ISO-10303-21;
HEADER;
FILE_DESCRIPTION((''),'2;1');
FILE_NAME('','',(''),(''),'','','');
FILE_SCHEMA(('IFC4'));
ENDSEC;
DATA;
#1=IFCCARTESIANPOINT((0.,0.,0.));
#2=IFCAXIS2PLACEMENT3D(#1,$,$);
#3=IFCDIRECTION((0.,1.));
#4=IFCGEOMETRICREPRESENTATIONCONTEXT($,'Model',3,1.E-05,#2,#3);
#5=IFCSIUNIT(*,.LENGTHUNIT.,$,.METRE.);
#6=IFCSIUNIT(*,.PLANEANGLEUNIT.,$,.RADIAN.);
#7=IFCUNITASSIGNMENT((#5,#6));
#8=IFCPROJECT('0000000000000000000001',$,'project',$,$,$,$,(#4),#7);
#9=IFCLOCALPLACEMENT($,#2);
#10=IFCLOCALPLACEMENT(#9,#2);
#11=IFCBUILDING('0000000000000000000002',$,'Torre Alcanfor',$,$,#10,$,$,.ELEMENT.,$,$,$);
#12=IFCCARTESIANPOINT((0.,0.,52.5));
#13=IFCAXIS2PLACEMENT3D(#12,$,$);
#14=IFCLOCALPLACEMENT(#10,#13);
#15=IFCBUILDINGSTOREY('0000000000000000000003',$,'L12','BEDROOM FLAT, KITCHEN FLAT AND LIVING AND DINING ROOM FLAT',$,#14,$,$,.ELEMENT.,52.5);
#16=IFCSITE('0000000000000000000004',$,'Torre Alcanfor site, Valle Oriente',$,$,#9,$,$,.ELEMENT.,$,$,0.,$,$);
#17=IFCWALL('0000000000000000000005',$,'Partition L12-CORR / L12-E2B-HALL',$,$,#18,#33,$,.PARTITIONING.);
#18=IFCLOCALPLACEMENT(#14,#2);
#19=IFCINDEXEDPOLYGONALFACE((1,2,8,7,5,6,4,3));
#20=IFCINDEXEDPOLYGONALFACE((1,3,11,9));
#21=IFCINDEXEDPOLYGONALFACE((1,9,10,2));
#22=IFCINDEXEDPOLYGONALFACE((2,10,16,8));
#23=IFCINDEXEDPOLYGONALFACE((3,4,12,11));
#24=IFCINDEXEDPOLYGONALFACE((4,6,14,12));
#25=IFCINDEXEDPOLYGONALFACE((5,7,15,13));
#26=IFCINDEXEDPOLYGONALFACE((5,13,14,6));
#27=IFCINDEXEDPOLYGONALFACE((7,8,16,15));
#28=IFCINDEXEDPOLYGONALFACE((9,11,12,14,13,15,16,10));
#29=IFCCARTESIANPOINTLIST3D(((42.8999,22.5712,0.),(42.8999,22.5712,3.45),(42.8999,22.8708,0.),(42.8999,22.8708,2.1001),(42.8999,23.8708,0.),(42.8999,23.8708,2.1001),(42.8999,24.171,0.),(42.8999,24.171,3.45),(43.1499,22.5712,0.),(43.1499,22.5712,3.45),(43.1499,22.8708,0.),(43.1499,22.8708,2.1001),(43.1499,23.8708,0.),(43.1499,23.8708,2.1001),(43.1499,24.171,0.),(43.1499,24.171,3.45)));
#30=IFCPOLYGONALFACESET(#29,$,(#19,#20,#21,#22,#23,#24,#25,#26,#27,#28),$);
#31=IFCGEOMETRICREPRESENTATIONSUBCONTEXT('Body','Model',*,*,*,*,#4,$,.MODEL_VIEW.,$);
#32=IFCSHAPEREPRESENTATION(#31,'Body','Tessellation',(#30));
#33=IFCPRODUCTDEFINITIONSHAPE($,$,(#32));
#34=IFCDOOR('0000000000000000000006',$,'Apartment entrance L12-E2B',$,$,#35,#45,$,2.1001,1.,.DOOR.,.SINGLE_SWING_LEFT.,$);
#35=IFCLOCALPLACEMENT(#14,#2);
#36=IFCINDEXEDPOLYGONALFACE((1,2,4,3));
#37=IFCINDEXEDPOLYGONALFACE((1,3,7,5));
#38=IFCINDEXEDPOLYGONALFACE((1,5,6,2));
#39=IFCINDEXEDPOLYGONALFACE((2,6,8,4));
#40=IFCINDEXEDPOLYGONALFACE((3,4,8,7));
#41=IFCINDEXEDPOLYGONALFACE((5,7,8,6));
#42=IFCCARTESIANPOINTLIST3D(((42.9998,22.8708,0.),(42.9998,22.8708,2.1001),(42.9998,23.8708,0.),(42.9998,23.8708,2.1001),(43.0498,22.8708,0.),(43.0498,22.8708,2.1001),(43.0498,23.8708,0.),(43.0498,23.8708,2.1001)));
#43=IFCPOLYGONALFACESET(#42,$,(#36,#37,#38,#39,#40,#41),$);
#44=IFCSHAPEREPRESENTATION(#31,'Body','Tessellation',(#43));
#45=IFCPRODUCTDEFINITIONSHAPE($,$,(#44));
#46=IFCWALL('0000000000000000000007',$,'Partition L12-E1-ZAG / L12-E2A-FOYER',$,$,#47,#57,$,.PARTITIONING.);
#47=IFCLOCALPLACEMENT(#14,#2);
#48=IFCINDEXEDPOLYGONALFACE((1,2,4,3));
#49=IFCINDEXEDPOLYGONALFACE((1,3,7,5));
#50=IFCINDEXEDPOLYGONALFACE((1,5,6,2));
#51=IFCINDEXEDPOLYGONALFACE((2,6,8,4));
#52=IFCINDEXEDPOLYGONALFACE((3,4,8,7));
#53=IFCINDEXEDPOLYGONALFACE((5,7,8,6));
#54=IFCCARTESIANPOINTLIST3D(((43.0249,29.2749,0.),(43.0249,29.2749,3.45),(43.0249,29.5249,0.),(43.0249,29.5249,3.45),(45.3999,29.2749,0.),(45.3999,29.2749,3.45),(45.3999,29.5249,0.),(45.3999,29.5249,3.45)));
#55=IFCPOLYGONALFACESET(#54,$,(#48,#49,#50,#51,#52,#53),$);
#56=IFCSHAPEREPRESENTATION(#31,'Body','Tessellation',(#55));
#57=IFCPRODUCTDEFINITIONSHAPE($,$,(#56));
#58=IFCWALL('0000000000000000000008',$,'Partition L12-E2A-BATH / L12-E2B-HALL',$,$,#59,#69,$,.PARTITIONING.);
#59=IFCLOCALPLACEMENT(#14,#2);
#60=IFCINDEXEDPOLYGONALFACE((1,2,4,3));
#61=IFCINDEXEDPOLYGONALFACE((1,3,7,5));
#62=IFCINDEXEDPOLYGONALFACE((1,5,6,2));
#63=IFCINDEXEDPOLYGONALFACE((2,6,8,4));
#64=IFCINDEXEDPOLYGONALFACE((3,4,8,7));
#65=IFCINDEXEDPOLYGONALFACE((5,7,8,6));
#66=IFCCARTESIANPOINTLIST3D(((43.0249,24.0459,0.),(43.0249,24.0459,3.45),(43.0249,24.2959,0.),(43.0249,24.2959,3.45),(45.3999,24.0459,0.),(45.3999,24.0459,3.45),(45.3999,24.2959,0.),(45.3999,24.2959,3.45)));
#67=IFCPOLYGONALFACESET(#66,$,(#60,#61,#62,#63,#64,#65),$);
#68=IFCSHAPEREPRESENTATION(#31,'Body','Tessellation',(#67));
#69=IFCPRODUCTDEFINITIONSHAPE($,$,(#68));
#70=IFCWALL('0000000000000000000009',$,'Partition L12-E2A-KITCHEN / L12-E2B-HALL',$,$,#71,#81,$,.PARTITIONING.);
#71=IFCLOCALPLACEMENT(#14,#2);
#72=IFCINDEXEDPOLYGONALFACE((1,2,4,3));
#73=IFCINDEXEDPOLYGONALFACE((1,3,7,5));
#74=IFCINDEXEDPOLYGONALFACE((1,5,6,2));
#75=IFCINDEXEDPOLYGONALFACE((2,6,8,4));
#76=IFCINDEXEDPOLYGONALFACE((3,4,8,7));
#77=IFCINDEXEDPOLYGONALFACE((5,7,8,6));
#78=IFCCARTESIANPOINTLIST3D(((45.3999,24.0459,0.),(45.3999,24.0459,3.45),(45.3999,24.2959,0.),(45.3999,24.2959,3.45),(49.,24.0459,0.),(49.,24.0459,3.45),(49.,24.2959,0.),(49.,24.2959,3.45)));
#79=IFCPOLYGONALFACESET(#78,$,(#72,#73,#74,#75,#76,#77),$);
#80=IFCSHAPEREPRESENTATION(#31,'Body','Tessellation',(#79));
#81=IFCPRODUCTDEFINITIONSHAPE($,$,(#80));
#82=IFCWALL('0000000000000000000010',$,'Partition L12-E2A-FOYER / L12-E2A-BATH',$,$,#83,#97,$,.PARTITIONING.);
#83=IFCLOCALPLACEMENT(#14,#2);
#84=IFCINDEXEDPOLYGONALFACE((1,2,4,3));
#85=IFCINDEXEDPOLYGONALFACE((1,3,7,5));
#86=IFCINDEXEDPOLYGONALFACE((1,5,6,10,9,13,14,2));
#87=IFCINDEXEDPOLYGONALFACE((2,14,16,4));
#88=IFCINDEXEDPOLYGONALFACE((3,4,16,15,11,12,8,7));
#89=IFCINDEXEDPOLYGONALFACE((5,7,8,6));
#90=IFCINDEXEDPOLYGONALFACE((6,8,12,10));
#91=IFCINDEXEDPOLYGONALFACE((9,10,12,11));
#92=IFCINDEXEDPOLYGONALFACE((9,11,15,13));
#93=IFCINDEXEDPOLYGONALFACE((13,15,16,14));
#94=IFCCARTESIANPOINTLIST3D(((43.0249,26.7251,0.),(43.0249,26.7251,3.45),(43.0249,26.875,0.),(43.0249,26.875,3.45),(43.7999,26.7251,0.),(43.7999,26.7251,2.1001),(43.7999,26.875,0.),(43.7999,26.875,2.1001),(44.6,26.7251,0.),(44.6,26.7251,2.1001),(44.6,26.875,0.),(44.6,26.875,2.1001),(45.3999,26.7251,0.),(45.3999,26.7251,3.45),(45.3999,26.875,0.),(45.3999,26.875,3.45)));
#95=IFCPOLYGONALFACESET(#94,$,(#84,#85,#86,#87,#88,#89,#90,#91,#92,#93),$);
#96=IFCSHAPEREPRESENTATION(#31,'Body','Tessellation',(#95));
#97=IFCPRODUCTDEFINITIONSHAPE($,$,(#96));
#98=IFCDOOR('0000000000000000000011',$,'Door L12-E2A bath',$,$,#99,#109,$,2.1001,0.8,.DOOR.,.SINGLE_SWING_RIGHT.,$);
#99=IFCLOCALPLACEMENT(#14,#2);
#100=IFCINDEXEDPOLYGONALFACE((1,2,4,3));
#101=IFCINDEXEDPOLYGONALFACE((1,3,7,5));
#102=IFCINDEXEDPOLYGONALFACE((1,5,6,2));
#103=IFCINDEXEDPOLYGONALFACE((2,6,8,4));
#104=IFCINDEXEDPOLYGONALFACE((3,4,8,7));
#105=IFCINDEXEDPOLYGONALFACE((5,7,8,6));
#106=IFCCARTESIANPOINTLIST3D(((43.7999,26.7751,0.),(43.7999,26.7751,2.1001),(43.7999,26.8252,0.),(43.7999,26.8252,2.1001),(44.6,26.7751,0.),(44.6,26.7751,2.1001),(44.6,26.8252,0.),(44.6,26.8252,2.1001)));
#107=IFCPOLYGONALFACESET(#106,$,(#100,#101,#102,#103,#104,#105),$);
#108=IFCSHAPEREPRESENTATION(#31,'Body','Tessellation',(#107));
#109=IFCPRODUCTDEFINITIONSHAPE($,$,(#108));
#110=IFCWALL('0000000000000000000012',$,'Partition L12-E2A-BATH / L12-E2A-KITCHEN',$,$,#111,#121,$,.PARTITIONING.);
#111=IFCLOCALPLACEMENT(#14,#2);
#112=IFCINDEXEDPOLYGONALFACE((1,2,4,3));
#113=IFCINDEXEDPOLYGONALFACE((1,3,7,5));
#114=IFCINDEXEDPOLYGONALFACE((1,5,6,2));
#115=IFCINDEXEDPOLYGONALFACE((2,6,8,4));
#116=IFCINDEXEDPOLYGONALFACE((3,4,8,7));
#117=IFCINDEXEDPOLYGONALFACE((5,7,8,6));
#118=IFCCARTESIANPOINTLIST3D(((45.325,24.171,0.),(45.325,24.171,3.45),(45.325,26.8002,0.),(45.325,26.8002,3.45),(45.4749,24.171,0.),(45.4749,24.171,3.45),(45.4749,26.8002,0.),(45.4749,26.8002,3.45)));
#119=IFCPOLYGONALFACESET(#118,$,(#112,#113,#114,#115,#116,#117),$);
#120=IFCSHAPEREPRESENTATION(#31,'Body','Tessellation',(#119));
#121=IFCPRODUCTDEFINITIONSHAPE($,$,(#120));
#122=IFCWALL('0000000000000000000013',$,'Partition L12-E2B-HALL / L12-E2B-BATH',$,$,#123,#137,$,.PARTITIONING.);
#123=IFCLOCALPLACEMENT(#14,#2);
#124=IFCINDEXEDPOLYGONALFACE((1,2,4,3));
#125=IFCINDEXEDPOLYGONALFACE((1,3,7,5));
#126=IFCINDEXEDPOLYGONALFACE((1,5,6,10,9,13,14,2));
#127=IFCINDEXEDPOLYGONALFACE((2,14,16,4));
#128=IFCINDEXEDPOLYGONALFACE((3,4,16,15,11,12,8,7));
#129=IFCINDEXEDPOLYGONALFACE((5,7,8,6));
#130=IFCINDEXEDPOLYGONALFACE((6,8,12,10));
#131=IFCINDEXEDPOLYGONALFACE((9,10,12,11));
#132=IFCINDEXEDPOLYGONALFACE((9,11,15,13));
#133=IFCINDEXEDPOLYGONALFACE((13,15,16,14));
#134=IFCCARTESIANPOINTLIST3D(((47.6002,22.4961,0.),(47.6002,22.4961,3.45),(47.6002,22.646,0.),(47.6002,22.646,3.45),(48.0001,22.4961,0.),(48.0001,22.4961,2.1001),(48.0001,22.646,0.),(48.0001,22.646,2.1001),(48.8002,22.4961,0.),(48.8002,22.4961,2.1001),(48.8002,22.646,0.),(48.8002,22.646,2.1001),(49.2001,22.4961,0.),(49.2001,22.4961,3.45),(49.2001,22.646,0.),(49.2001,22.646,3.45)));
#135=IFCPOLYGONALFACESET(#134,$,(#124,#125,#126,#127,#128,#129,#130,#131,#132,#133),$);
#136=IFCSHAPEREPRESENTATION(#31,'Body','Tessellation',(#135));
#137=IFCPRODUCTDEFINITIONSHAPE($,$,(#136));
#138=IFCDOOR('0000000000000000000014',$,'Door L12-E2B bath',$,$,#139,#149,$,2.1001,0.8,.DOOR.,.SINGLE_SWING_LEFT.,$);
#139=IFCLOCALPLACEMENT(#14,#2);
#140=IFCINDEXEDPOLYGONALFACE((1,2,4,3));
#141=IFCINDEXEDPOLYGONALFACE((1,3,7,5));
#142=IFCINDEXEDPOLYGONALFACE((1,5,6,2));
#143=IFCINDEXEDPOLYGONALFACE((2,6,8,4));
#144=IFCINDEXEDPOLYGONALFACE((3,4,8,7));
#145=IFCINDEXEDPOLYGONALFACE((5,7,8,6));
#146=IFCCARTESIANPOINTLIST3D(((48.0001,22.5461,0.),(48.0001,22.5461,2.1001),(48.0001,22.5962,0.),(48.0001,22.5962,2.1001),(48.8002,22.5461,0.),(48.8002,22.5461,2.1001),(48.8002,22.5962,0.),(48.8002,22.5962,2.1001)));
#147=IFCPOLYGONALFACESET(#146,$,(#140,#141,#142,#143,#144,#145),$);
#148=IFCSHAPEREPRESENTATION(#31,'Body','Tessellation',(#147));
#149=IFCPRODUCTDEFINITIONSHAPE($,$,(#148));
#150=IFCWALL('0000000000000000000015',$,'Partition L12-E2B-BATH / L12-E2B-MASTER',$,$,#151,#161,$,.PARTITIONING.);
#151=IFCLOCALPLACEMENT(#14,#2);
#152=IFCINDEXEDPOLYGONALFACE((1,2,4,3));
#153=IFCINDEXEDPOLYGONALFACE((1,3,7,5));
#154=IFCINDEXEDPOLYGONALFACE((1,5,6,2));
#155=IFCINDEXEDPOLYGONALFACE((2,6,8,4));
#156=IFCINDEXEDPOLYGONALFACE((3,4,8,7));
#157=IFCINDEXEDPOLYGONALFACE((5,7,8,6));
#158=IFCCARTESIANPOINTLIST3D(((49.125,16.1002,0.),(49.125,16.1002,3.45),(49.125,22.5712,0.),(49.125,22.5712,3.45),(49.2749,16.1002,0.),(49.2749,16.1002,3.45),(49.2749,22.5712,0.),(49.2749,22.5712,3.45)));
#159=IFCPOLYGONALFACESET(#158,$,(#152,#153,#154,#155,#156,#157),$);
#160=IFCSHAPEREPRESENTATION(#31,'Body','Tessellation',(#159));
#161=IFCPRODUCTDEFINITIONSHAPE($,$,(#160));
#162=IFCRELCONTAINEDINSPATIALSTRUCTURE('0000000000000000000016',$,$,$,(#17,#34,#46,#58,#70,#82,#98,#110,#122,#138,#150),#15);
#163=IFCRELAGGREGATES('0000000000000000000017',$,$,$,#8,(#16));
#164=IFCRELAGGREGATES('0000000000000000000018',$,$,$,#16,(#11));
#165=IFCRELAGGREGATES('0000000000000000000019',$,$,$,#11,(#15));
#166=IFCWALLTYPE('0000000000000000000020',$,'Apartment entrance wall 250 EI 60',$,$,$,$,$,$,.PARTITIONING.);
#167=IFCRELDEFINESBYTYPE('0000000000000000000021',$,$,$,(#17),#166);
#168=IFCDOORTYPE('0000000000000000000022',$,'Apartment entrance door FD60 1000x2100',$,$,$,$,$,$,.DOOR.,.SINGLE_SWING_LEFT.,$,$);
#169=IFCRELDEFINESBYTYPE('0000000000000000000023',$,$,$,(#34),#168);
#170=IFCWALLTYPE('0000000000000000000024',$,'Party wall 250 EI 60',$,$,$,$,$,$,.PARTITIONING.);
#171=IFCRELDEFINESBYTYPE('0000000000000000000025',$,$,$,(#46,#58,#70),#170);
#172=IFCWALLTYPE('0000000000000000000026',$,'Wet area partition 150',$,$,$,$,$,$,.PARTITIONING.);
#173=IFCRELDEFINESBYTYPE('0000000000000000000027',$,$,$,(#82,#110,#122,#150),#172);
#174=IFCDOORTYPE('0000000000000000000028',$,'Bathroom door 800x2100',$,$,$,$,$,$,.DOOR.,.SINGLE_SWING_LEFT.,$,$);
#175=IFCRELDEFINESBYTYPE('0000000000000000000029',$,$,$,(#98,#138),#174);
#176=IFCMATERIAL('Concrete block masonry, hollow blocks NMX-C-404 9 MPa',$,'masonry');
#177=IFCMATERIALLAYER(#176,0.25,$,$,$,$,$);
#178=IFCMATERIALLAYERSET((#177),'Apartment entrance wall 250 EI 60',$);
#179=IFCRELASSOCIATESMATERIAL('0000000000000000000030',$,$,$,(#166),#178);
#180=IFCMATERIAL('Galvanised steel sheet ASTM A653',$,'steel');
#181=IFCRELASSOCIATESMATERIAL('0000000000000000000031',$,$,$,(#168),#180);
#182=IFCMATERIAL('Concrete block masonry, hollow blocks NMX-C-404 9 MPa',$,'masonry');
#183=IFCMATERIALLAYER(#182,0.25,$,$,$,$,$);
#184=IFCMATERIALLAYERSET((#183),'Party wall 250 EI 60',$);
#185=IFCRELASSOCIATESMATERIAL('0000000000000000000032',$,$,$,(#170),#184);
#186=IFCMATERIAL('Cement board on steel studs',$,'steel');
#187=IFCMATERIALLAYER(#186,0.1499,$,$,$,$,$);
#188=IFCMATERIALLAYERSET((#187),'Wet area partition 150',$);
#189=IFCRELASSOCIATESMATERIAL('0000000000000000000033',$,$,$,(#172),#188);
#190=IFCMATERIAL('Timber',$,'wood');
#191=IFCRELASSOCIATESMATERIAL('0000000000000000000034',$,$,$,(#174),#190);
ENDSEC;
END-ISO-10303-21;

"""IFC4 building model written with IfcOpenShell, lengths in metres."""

from ifc_helpers import new_model, si_unit, direction, frame, frame_2d, origin, place, context, subcontext, project, spatial, rectangle, extrude, material, layer, layer_set, type_object, element, fill, save


model = new_model("IFC4")

# Units and contexts
model_context = context("Model", 3, precision=1e-05, world=origin(), true_north=direction((0.0, 1.0)))
body_context = subcontext(model_context, "Body", "Model", "MODEL_VIEW")
ifc_project = project(units=[si_unit("LENGTHUNIT", "METRE"), si_unit("PLANEANGLEUNIT", "RADIAN")], contexts=[model_context])

# Site, building, storey
site_placement = place(None, origin())
site = spatial("IfcSite", under=ifc_project, at=site_placement, Name="Torre Alcanfor site, Valle Oriente", CompositionType="ELEMENT", RefElevation=0.0)
building_placement = place(site_placement, origin())
building = spatial("IfcBuilding", under=site, at=building_placement, Name="Torre Alcanfor", CompositionType="ELEMENT")
storey_placement = place(building_placement, frame((0.0, 0.0, 52.5)))
storey = spatial("IfcBuildingStorey", under=building, at=storey_placement, Name="L12", Description="BEDROOM FLAT, KITCHEN FLAT AND LIVING AND DINING ROOM FLAT", CompositionType="ELEMENT", Elevation=52.5)

# Shared definitions
ifc_material_1 = material(Name="Concrete block masonry, hollow blocks NMX-C-404 9 MPa", Category="masonry")
ifc_layer_1 = layer(ifc_material_1, 0.25)
ifc_layer_set_1 = layer_set([ifc_layer_1], Name="Apartment entrance wall 250 EI 60")
wall_type_1 = type_object("IfcWallType", Name="Apartment entrance wall 250 EI 60", PredefinedType="PARTITIONING", material=ifc_layer_set_1)
ifc_material_2 = material(Name="Galvanised steel sheet ASTM A653", Category="steel")
door_type_1 = type_object("IfcDoorType", Name="Apartment entrance door FD60 1000x2100", OperationType="SINGLE_SWING_LEFT", PredefinedType="DOOR", material=ifc_material_2)

# Wall, opening, door
wall_1_placement = place(storey_placement, frame((43.0249, 24.1709, 0.0), z_axis=(0.0, 0.0, 1.0), x_axis=(0.0, -1.0, 0.0)))
wall_1 = element("IfcWall", 1, at=wall_1_placement, inside=storey, type_object=wall_type_1, Name="Partition L12-CORR / L12-E2B-HALL", PredefinedType="PARTITIONING", context=body_context, shape_type="SweptSolid", body=[
    extrude(rectangle(XDim=1.5999, YDim=0.25, at=frame_2d((0.7998, 0.0))), origin(), (0.0, 0.0, 1.0), 3.45),
])
opening_1_placement = place(wall_1_placement, frame((0.3, 0.0, 0.0)))
opening_1 = element("IfcOpeningElement", 2, at=opening_1_placement, cuts=wall_1, PredefinedType="OPENING", context=body_context, shape_type="SweptSolid", body=[
    extrude(rectangle(XDim=1.0, YDim=2.1001, at=frame_2d((0.5, 1.05))), frame((0.0, 0.135, 0.0), z_axis=(0.0, -1.0, 0.0), x_axis=(1.0, 0.0, 0.0)), (0.0, 0.0, 1.0), 0.27),
])
door_1_placement = place(opening_1_placement, origin())
door_1 = element("IfcDoor", 3, at=door_1_placement, inside=storey, type_object=door_type_1, Name="Apartment entrance L12-E2B", OperationType="SINGLE_SWING_LEFT", OverallHeight=2.1001, OverallWidth=1.0, PredefinedType="DOOR", context=body_context, shape_type="SweptSolid", body=[
    extrude(rectangle(XDim=1.0, YDim=2.1001, at=frame_2d((0.5, 1.05))), frame((0.0, 0.0249, 0.0), z_axis=(0.0, -1.0, 0.0), x_axis=(1.0, 0.0, 0.0)), (0.0, 0.0, 1.0), 0.05),
])
fill(opening_1, door_1)

# Walls
ifc_material_3 = material(Name="Concrete block masonry, hollow blocks NMX-C-404 9 MPa", Category="masonry")
ifc_layer_2 = layer(ifc_material_3, 0.25)
ifc_layer_set_2 = layer_set([ifc_layer_2], Name="Party wall 250 EI 60")
wall_type_2 = type_object("IfcWallType", Name="Party wall 250 EI 60", PredefinedType="PARTITIONING", material=ifc_layer_set_2)
for number, where, z_axis, x_axis, name in (
    (4, (43.0249, 29.3999, 0.0), (0.0, 0.0, 1.0), (1.0, 0.0, 0.0), "Partition L12-E1-ZAG / L12-E2A-FOYER"),
    (5, (45.3999, 24.1709, 0.0), (0.0, 0.0, 1.0), (-1.0, 0.0, 0.0), "Partition L12-E2A-BATH / L12-E2B-HALL"),
):
    element("IfcWall", number, at=place(storey_placement, frame(where, z_axis=z_axis, x_axis=x_axis)), inside=storey, type_object=wall_type_2, Name=name, PredefinedType="PARTITIONING", context=body_context, shape_type="SweptSolid", body=[
        extrude(rectangle(XDim=2.375, YDim=0.25, at=frame_2d((1.1875, 0.0))), origin(), (0.0, 0.0, 1.0), 3.45),
    ])
wall_2_placement = place(storey_placement, frame((49.0, 24.1709, 0.0), z_axis=(0.0, 0.0, 1.0), x_axis=(-1.0, 0.0, 0.0)))
element("IfcWall", 6, at=wall_2_placement, inside=storey, type_object=wall_type_2, Name="Partition L12-E2A-KITCHEN / L12-E2B-HALL", PredefinedType="PARTITIONING", context=body_context, shape_type="SweptSolid", body=[
    extrude(rectangle(XDim=3.6001, YDim=0.25, at=frame_2d((1.8, 0.0))), origin(), (0.0, 0.0, 1.0), 3.45),
])

# Wall, opening, door
ifc_material_4 = material(Name="Cement board on steel studs", Category="steel")
ifc_layer_3 = layer(ifc_material_4, 0.1499)
ifc_layer_set_3 = layer_set([ifc_layer_3], Name="Wet area partition 150")
wall_type_3 = type_object("IfcWallType", Name="Wet area partition 150", PredefinedType="PARTITIONING", material=ifc_layer_set_3)
wall_3_placement = place(storey_placement, frame((45.3999, 26.8, 0.0), z_axis=(0.0, 0.0, 1.0), x_axis=(-1.0, 0.0, 0.0)))
wall_3 = element("IfcWall", 7, at=wall_3_placement, inside=storey, type_object=wall_type_3, Name="Partition L12-E2A-FOYER / L12-E2A-BATH", PredefinedType="PARTITIONING", context=body_context, shape_type="SweptSolid", body=[
    extrude(rectangle(XDim=2.375, YDim=0.1499, at=frame_2d((1.1875, 0.0))), origin(), (0.0, 0.0, 1.0), 3.45),
])
opening_2_placement = place(wall_3_placement, frame((0.8, 0.0, 0.0)))
opening_2 = element("IfcOpeningElement", 8, at=opening_2_placement, cuts=wall_3, PredefinedType="OPENING", context=body_context, shape_type="SweptSolid", body=[
    extrude(rectangle(XDim=0.8, YDim=2.1001, at=frame_2d((0.3999, 1.05))), frame((0.0, 0.085, 0.0), z_axis=(0.0, -1.0, 0.0), x_axis=(1.0, 0.0, 0.0)), (0.0, 0.0, 1.0), 0.1699),
])
ifc_material_5 = material(Name="Timber", Category="wood")
door_type_2 = type_object("IfcDoorType", Name="Bathroom door 800x2100", OperationType="SINGLE_SWING_LEFT", PredefinedType="DOOR", material=ifc_material_5)
door_2_placement = place(opening_2_placement, origin())
door_2 = element("IfcDoor", 9, at=door_2_placement, inside=storey, type_object=door_type_2, Name="Door L12-E2A bath", OperationType="SINGLE_SWING_RIGHT", OverallHeight=2.1001, OverallWidth=0.8, PredefinedType="DOOR", context=body_context, shape_type="SweptSolid", body=[
    extrude(rectangle(XDim=0.8, YDim=2.1001, at=frame_2d((0.3999, 1.05))), frame((0.0, 0.0249, 0.0), z_axis=(0.0, -1.0, 0.0), x_axis=(1.0, 0.0, 0.0)), (0.0, 0.0, 1.0), 0.05),
])
fill(opening_2, door_2)

# Wall
wall_4_placement = place(storey_placement, frame((45.3999, 26.8, 0.0), z_axis=(0.0, 0.0, 1.0), x_axis=(0.0, -1.0, 0.0)))
element("IfcWall", 10, at=wall_4_placement, inside=storey, type_object=wall_type_3, Name="Partition L12-E2A-BATH / L12-E2A-KITCHEN", PredefinedType="PARTITIONING", context=body_context, shape_type="SweptSolid", body=[
    extrude(rectangle(XDim=2.6292, YDim=0.1499, at=frame_2d((1.3145, 0.0))), origin(), (0.0, 0.0, 1.0), 3.45),
])

# Wall, opening, door
wall_5_placement = place(storey_placement, frame((49.2, 22.571, 0.0), z_axis=(0.0, 0.0, 1.0), x_axis=(-1.0, 0.0, 0.0)))
wall_5 = element("IfcWall", 11, at=wall_5_placement, inside=storey, type_object=wall_type_3, Name="Partition L12-E2B-HALL / L12-E2B-BATH", PredefinedType="PARTITIONING", context=body_context, shape_type="SweptSolid", body=[
    extrude(rectangle(XDim=1.5999, YDim=0.1499, at=frame_2d((0.7998, 0.0))), origin(), (0.0, 0.0, 1.0), 3.45),
])
opening_3_placement = place(wall_5_placement, frame((0.3999, 0.0, 0.0)))
opening_3 = element("IfcOpeningElement", 12, at=opening_3_placement, cuts=wall_5, PredefinedType="OPENING", context=body_context, shape_type="SweptSolid", body=[
    extrude(rectangle(XDim=0.8, YDim=2.1001, at=frame_2d((0.3999, 1.05))), frame((0.0, 0.085, 0.0), z_axis=(0.0, -1.0, 0.0), x_axis=(1.0, 0.0, 0.0)), (0.0, 0.0, 1.0), 0.1699),
])
door_3_placement = place(opening_3_placement, origin())
door_3 = element("IfcDoor", 13, at=door_3_placement, inside=storey, type_object=door_type_2, Name="Door L12-E2B bath", OperationType="SINGLE_SWING_LEFT", OverallHeight=2.1001, OverallWidth=0.8, PredefinedType="DOOR", context=body_context, shape_type="SweptSolid", body=[
    extrude(rectangle(XDim=0.8, YDim=2.1001, at=frame_2d((0.3999, 1.05))), frame((0.0, 0.0249, 0.0), z_axis=(0.0, -1.0, 0.0), x_axis=(1.0, 0.0, 0.0)), (0.0, 0.0, 1.0), 0.05),
])
fill(opening_3, door_3)

# Wall
wall_6_placement = place(storey_placement, frame((49.2, 22.571, 0.0), z_axis=(0.0, 0.0, 1.0), x_axis=(0.0, -1.0, 0.0)))
element("IfcWall", 14, at=wall_6_placement, inside=storey, type_object=wall_type_3, Name="Partition L12-E2B-BATH / L12-E2B-MASTER", PredefinedType="PARTITIONING", context=body_context, shape_type="SweptSolid", body=[
    extrude(rectangle(XDim=6.4709, YDim=0.1499, at=frame_2d((3.2354, 0.0))), origin(), (0.0, 0.0, 1.0), 3.45),
])

save(model, "model.ifc")
